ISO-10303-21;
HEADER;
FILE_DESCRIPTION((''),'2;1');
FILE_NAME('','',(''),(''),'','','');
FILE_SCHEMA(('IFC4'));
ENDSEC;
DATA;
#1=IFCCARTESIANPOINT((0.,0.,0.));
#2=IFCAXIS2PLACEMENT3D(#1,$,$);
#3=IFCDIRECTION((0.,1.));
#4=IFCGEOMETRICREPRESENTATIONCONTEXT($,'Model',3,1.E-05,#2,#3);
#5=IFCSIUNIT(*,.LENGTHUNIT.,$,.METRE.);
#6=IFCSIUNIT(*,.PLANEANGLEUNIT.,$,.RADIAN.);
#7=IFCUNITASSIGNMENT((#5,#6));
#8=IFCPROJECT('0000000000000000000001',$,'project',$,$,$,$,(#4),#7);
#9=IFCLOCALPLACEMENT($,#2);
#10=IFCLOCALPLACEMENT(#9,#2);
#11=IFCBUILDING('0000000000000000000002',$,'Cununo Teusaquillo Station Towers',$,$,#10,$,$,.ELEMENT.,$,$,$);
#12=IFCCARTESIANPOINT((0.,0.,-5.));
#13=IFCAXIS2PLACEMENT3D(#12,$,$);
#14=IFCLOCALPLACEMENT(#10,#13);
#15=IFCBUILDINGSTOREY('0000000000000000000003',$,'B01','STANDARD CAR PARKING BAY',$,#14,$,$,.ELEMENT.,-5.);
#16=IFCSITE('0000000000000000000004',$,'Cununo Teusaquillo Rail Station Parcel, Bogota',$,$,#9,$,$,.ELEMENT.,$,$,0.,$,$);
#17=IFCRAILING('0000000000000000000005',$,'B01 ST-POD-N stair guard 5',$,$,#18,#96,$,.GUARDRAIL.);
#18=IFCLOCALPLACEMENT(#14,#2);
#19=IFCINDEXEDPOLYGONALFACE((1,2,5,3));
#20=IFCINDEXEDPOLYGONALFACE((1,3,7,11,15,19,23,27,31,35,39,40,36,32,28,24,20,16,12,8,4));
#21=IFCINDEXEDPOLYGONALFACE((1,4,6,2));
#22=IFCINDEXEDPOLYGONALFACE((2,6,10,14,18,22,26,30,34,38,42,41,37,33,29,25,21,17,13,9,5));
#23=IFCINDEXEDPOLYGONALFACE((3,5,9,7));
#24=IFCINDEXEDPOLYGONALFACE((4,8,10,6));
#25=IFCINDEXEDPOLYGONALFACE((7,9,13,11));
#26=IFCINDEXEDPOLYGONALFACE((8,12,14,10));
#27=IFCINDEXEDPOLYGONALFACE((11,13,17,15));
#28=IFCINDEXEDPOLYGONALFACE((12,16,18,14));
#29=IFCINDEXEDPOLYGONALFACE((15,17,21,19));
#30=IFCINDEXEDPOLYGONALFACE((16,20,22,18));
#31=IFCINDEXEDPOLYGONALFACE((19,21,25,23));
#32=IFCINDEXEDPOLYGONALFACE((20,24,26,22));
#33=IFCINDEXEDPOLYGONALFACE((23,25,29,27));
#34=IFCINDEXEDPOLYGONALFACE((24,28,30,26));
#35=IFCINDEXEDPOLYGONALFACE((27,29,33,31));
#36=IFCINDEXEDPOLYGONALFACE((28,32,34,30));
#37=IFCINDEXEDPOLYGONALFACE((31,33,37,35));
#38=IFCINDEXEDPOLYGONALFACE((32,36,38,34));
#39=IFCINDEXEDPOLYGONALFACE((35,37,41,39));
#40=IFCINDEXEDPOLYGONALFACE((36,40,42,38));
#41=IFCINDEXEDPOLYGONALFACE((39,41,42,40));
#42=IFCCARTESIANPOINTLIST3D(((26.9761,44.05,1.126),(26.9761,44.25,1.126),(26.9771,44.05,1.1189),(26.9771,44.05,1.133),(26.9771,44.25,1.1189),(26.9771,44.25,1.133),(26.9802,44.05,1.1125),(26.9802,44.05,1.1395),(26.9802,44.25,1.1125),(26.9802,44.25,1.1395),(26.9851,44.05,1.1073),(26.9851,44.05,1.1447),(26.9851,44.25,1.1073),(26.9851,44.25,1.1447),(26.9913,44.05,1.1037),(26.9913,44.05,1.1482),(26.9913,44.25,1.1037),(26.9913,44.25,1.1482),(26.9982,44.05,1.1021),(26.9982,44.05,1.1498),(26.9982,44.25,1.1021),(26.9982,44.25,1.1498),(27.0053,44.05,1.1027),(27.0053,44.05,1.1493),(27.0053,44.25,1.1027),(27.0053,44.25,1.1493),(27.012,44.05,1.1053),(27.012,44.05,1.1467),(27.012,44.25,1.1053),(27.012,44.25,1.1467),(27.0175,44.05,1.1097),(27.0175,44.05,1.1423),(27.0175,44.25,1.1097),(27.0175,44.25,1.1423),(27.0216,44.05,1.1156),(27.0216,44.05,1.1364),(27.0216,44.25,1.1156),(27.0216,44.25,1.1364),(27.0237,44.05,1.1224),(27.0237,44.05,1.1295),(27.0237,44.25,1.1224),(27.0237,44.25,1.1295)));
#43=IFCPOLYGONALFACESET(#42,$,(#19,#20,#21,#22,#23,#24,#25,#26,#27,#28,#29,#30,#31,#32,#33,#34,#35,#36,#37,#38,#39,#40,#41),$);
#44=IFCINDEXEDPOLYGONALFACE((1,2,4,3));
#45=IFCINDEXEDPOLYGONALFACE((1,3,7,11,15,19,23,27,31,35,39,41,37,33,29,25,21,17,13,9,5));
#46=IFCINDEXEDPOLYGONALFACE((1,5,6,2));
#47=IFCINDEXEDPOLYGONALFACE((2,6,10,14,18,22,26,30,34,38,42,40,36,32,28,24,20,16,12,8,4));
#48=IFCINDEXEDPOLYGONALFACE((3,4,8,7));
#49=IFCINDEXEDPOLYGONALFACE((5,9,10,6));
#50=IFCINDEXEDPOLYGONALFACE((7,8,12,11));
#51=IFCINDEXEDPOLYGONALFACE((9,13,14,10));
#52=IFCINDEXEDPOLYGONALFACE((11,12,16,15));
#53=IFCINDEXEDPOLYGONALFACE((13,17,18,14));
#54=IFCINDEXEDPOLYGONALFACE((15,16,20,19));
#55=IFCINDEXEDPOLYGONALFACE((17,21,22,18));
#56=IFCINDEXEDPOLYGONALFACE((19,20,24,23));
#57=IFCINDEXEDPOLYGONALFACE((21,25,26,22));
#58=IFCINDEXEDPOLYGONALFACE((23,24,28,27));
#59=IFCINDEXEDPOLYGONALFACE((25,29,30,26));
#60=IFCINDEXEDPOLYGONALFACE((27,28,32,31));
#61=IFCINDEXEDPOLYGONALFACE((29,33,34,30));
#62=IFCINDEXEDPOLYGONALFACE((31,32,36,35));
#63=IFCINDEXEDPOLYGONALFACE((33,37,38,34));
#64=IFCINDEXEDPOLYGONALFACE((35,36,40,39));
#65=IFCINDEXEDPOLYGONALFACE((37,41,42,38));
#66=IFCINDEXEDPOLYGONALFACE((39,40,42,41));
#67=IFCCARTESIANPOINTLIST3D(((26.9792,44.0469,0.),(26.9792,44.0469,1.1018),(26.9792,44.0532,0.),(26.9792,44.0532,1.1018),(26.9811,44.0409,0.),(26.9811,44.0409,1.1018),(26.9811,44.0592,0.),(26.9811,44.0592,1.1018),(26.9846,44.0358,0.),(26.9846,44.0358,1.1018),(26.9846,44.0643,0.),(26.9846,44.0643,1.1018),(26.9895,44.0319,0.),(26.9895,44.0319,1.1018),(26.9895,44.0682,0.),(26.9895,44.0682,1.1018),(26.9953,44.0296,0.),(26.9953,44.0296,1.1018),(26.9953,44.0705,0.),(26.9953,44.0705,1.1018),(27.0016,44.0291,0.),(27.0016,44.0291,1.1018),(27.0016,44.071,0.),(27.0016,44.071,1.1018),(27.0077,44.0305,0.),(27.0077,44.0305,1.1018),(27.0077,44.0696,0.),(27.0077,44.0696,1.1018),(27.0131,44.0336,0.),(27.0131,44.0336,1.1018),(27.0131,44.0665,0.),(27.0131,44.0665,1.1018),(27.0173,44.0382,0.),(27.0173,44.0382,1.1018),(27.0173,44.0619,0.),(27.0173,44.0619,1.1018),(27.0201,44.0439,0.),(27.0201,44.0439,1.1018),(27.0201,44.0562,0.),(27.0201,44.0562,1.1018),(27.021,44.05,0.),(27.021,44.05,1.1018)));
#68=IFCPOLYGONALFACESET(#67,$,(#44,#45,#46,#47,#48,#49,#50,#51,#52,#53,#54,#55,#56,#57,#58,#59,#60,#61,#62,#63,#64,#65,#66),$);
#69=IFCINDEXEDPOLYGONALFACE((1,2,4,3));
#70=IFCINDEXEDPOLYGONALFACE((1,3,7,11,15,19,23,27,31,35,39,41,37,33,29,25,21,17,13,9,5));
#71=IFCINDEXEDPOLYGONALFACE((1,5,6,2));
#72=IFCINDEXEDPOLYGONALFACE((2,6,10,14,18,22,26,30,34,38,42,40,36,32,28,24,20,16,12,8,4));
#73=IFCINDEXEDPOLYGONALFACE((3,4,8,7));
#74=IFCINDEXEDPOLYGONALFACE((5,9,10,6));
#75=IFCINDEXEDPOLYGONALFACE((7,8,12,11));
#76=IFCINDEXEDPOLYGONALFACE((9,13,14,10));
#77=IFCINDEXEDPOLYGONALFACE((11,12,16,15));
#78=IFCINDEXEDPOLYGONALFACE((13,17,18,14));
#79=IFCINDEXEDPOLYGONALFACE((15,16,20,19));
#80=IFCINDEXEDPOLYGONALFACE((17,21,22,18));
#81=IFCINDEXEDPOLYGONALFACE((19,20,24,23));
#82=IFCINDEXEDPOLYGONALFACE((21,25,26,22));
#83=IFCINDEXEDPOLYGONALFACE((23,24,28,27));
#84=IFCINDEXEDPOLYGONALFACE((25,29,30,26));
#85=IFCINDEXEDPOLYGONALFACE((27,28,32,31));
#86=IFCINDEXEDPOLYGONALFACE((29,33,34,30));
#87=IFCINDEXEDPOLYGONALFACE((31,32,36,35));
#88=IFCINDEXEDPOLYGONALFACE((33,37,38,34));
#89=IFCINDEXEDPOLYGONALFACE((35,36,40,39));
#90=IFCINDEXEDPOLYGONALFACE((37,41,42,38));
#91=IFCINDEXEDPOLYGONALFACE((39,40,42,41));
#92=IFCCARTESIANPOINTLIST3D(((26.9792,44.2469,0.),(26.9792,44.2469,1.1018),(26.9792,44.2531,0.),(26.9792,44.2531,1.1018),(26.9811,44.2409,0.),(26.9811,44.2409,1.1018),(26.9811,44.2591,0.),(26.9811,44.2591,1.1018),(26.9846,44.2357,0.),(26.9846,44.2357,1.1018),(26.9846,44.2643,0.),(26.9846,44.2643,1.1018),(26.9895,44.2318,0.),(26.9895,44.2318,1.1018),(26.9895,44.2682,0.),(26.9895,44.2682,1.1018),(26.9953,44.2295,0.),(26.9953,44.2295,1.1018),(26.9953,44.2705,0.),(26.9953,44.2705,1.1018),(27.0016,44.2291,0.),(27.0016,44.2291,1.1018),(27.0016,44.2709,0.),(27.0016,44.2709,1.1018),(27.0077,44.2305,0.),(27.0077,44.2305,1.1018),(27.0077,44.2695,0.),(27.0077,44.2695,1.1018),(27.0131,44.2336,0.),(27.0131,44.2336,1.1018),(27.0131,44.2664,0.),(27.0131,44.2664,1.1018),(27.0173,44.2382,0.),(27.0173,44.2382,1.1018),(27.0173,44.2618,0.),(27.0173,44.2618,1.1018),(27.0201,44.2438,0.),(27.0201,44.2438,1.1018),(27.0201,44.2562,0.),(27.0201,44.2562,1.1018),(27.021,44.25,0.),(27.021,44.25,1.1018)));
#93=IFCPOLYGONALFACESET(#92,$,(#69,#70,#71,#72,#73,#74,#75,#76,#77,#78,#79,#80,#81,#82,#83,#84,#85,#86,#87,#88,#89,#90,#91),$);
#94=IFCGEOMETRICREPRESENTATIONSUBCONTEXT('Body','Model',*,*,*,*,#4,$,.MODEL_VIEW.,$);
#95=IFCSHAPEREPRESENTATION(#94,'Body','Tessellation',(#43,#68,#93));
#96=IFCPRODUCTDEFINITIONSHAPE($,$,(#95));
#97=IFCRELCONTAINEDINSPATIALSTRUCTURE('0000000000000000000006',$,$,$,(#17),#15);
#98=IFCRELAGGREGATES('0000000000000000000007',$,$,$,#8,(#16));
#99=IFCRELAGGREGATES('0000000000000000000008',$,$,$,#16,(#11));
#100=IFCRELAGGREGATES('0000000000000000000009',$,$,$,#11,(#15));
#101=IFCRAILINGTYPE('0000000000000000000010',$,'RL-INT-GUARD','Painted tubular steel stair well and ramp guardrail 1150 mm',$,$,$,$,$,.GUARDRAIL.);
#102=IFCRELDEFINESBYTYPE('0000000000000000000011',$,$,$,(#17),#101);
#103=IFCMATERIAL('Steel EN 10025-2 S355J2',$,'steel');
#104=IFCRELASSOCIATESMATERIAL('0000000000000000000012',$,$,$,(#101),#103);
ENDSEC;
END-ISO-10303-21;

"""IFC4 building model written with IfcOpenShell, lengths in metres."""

from ifc_helpers import new_model, si_unit, direction, frame, origin, origin_2d, place, context, subcontext, project, spatial, circle, extrude, material, type_object, element, save


model = new_model("IFC4")

# Units and contexts
model_context = context("Model", 3, precision=1e-05, world=origin(), true_north=direction((0.0, 1.0)))
body_context = subcontext(model_context, "Body", "Model", "MODEL_VIEW")
ifc_project = project(units=[si_unit("LENGTHUNIT", "METRE"), si_unit("PLANEANGLEUNIT", "RADIAN")], contexts=[model_context])

# Site, building, storey
site_placement = place(None, origin())
site = spatial("IfcSite", under=ifc_project, at=site_placement, Name="Cununo Teusaquillo Rail Station Parcel, Bogota", CompositionType="ELEMENT", RefElevation=0.0)
building_placement = place(site_placement, origin())
building = spatial("IfcBuilding", under=site, at=building_placement, Name="Cununo Teusaquillo Station Towers", CompositionType="ELEMENT")
storey_placement = place(building_placement, frame((0.0, 0.0, -5.0)))
storey = spatial("IfcBuildingStorey", under=building, at=storey_placement, Name="B01", Description="STANDARD CAR PARKING BAY", CompositionType="ELEMENT", Elevation=-5.0)

# Railing
ifc_material_1 = material(Name="Steel EN 10025-2 S355J2", Category="steel")
railing_type_1 = type_object("IfcRailingType", Name="RL-INT-GUARD", Description="Painted tubular steel stair well and ramp guardrail 1150 mm", PredefinedType="GUARDRAIL", material=ifc_material_1)
railing_1_placement = place(storey_placement, frame((27.0, 44.05, 0.0)))
element("IfcRailing", 1, at=railing_1_placement, inside=storey, type_object=railing_type_1, Name="B01 ST-POD-N stair guard 5", PredefinedType="GUARDRAIL", context=body_context, shape_type="SweptSolid", body=[
    extrude(circle(Radius=0.0239, at=origin_2d()), frame((0.0, 0.0, 1.126), z_axis=(0.0, 1.0, 0.0), x_axis=(-1.0, 0.0, 0.0)), (0.0, 0.0, 1.0), 0.2),
    extrude(circle(Radius=0.021, at=origin_2d()), origin(), (0.0, 0.0, 1.0), 1.1018),
    extrude(circle(Radius=0.021, at=origin_2d()), frame((0.0, 0.2, 0.0)), (0.0, 0.0, 1.0), 1.1018),
])

save(model, "model.ifc")
